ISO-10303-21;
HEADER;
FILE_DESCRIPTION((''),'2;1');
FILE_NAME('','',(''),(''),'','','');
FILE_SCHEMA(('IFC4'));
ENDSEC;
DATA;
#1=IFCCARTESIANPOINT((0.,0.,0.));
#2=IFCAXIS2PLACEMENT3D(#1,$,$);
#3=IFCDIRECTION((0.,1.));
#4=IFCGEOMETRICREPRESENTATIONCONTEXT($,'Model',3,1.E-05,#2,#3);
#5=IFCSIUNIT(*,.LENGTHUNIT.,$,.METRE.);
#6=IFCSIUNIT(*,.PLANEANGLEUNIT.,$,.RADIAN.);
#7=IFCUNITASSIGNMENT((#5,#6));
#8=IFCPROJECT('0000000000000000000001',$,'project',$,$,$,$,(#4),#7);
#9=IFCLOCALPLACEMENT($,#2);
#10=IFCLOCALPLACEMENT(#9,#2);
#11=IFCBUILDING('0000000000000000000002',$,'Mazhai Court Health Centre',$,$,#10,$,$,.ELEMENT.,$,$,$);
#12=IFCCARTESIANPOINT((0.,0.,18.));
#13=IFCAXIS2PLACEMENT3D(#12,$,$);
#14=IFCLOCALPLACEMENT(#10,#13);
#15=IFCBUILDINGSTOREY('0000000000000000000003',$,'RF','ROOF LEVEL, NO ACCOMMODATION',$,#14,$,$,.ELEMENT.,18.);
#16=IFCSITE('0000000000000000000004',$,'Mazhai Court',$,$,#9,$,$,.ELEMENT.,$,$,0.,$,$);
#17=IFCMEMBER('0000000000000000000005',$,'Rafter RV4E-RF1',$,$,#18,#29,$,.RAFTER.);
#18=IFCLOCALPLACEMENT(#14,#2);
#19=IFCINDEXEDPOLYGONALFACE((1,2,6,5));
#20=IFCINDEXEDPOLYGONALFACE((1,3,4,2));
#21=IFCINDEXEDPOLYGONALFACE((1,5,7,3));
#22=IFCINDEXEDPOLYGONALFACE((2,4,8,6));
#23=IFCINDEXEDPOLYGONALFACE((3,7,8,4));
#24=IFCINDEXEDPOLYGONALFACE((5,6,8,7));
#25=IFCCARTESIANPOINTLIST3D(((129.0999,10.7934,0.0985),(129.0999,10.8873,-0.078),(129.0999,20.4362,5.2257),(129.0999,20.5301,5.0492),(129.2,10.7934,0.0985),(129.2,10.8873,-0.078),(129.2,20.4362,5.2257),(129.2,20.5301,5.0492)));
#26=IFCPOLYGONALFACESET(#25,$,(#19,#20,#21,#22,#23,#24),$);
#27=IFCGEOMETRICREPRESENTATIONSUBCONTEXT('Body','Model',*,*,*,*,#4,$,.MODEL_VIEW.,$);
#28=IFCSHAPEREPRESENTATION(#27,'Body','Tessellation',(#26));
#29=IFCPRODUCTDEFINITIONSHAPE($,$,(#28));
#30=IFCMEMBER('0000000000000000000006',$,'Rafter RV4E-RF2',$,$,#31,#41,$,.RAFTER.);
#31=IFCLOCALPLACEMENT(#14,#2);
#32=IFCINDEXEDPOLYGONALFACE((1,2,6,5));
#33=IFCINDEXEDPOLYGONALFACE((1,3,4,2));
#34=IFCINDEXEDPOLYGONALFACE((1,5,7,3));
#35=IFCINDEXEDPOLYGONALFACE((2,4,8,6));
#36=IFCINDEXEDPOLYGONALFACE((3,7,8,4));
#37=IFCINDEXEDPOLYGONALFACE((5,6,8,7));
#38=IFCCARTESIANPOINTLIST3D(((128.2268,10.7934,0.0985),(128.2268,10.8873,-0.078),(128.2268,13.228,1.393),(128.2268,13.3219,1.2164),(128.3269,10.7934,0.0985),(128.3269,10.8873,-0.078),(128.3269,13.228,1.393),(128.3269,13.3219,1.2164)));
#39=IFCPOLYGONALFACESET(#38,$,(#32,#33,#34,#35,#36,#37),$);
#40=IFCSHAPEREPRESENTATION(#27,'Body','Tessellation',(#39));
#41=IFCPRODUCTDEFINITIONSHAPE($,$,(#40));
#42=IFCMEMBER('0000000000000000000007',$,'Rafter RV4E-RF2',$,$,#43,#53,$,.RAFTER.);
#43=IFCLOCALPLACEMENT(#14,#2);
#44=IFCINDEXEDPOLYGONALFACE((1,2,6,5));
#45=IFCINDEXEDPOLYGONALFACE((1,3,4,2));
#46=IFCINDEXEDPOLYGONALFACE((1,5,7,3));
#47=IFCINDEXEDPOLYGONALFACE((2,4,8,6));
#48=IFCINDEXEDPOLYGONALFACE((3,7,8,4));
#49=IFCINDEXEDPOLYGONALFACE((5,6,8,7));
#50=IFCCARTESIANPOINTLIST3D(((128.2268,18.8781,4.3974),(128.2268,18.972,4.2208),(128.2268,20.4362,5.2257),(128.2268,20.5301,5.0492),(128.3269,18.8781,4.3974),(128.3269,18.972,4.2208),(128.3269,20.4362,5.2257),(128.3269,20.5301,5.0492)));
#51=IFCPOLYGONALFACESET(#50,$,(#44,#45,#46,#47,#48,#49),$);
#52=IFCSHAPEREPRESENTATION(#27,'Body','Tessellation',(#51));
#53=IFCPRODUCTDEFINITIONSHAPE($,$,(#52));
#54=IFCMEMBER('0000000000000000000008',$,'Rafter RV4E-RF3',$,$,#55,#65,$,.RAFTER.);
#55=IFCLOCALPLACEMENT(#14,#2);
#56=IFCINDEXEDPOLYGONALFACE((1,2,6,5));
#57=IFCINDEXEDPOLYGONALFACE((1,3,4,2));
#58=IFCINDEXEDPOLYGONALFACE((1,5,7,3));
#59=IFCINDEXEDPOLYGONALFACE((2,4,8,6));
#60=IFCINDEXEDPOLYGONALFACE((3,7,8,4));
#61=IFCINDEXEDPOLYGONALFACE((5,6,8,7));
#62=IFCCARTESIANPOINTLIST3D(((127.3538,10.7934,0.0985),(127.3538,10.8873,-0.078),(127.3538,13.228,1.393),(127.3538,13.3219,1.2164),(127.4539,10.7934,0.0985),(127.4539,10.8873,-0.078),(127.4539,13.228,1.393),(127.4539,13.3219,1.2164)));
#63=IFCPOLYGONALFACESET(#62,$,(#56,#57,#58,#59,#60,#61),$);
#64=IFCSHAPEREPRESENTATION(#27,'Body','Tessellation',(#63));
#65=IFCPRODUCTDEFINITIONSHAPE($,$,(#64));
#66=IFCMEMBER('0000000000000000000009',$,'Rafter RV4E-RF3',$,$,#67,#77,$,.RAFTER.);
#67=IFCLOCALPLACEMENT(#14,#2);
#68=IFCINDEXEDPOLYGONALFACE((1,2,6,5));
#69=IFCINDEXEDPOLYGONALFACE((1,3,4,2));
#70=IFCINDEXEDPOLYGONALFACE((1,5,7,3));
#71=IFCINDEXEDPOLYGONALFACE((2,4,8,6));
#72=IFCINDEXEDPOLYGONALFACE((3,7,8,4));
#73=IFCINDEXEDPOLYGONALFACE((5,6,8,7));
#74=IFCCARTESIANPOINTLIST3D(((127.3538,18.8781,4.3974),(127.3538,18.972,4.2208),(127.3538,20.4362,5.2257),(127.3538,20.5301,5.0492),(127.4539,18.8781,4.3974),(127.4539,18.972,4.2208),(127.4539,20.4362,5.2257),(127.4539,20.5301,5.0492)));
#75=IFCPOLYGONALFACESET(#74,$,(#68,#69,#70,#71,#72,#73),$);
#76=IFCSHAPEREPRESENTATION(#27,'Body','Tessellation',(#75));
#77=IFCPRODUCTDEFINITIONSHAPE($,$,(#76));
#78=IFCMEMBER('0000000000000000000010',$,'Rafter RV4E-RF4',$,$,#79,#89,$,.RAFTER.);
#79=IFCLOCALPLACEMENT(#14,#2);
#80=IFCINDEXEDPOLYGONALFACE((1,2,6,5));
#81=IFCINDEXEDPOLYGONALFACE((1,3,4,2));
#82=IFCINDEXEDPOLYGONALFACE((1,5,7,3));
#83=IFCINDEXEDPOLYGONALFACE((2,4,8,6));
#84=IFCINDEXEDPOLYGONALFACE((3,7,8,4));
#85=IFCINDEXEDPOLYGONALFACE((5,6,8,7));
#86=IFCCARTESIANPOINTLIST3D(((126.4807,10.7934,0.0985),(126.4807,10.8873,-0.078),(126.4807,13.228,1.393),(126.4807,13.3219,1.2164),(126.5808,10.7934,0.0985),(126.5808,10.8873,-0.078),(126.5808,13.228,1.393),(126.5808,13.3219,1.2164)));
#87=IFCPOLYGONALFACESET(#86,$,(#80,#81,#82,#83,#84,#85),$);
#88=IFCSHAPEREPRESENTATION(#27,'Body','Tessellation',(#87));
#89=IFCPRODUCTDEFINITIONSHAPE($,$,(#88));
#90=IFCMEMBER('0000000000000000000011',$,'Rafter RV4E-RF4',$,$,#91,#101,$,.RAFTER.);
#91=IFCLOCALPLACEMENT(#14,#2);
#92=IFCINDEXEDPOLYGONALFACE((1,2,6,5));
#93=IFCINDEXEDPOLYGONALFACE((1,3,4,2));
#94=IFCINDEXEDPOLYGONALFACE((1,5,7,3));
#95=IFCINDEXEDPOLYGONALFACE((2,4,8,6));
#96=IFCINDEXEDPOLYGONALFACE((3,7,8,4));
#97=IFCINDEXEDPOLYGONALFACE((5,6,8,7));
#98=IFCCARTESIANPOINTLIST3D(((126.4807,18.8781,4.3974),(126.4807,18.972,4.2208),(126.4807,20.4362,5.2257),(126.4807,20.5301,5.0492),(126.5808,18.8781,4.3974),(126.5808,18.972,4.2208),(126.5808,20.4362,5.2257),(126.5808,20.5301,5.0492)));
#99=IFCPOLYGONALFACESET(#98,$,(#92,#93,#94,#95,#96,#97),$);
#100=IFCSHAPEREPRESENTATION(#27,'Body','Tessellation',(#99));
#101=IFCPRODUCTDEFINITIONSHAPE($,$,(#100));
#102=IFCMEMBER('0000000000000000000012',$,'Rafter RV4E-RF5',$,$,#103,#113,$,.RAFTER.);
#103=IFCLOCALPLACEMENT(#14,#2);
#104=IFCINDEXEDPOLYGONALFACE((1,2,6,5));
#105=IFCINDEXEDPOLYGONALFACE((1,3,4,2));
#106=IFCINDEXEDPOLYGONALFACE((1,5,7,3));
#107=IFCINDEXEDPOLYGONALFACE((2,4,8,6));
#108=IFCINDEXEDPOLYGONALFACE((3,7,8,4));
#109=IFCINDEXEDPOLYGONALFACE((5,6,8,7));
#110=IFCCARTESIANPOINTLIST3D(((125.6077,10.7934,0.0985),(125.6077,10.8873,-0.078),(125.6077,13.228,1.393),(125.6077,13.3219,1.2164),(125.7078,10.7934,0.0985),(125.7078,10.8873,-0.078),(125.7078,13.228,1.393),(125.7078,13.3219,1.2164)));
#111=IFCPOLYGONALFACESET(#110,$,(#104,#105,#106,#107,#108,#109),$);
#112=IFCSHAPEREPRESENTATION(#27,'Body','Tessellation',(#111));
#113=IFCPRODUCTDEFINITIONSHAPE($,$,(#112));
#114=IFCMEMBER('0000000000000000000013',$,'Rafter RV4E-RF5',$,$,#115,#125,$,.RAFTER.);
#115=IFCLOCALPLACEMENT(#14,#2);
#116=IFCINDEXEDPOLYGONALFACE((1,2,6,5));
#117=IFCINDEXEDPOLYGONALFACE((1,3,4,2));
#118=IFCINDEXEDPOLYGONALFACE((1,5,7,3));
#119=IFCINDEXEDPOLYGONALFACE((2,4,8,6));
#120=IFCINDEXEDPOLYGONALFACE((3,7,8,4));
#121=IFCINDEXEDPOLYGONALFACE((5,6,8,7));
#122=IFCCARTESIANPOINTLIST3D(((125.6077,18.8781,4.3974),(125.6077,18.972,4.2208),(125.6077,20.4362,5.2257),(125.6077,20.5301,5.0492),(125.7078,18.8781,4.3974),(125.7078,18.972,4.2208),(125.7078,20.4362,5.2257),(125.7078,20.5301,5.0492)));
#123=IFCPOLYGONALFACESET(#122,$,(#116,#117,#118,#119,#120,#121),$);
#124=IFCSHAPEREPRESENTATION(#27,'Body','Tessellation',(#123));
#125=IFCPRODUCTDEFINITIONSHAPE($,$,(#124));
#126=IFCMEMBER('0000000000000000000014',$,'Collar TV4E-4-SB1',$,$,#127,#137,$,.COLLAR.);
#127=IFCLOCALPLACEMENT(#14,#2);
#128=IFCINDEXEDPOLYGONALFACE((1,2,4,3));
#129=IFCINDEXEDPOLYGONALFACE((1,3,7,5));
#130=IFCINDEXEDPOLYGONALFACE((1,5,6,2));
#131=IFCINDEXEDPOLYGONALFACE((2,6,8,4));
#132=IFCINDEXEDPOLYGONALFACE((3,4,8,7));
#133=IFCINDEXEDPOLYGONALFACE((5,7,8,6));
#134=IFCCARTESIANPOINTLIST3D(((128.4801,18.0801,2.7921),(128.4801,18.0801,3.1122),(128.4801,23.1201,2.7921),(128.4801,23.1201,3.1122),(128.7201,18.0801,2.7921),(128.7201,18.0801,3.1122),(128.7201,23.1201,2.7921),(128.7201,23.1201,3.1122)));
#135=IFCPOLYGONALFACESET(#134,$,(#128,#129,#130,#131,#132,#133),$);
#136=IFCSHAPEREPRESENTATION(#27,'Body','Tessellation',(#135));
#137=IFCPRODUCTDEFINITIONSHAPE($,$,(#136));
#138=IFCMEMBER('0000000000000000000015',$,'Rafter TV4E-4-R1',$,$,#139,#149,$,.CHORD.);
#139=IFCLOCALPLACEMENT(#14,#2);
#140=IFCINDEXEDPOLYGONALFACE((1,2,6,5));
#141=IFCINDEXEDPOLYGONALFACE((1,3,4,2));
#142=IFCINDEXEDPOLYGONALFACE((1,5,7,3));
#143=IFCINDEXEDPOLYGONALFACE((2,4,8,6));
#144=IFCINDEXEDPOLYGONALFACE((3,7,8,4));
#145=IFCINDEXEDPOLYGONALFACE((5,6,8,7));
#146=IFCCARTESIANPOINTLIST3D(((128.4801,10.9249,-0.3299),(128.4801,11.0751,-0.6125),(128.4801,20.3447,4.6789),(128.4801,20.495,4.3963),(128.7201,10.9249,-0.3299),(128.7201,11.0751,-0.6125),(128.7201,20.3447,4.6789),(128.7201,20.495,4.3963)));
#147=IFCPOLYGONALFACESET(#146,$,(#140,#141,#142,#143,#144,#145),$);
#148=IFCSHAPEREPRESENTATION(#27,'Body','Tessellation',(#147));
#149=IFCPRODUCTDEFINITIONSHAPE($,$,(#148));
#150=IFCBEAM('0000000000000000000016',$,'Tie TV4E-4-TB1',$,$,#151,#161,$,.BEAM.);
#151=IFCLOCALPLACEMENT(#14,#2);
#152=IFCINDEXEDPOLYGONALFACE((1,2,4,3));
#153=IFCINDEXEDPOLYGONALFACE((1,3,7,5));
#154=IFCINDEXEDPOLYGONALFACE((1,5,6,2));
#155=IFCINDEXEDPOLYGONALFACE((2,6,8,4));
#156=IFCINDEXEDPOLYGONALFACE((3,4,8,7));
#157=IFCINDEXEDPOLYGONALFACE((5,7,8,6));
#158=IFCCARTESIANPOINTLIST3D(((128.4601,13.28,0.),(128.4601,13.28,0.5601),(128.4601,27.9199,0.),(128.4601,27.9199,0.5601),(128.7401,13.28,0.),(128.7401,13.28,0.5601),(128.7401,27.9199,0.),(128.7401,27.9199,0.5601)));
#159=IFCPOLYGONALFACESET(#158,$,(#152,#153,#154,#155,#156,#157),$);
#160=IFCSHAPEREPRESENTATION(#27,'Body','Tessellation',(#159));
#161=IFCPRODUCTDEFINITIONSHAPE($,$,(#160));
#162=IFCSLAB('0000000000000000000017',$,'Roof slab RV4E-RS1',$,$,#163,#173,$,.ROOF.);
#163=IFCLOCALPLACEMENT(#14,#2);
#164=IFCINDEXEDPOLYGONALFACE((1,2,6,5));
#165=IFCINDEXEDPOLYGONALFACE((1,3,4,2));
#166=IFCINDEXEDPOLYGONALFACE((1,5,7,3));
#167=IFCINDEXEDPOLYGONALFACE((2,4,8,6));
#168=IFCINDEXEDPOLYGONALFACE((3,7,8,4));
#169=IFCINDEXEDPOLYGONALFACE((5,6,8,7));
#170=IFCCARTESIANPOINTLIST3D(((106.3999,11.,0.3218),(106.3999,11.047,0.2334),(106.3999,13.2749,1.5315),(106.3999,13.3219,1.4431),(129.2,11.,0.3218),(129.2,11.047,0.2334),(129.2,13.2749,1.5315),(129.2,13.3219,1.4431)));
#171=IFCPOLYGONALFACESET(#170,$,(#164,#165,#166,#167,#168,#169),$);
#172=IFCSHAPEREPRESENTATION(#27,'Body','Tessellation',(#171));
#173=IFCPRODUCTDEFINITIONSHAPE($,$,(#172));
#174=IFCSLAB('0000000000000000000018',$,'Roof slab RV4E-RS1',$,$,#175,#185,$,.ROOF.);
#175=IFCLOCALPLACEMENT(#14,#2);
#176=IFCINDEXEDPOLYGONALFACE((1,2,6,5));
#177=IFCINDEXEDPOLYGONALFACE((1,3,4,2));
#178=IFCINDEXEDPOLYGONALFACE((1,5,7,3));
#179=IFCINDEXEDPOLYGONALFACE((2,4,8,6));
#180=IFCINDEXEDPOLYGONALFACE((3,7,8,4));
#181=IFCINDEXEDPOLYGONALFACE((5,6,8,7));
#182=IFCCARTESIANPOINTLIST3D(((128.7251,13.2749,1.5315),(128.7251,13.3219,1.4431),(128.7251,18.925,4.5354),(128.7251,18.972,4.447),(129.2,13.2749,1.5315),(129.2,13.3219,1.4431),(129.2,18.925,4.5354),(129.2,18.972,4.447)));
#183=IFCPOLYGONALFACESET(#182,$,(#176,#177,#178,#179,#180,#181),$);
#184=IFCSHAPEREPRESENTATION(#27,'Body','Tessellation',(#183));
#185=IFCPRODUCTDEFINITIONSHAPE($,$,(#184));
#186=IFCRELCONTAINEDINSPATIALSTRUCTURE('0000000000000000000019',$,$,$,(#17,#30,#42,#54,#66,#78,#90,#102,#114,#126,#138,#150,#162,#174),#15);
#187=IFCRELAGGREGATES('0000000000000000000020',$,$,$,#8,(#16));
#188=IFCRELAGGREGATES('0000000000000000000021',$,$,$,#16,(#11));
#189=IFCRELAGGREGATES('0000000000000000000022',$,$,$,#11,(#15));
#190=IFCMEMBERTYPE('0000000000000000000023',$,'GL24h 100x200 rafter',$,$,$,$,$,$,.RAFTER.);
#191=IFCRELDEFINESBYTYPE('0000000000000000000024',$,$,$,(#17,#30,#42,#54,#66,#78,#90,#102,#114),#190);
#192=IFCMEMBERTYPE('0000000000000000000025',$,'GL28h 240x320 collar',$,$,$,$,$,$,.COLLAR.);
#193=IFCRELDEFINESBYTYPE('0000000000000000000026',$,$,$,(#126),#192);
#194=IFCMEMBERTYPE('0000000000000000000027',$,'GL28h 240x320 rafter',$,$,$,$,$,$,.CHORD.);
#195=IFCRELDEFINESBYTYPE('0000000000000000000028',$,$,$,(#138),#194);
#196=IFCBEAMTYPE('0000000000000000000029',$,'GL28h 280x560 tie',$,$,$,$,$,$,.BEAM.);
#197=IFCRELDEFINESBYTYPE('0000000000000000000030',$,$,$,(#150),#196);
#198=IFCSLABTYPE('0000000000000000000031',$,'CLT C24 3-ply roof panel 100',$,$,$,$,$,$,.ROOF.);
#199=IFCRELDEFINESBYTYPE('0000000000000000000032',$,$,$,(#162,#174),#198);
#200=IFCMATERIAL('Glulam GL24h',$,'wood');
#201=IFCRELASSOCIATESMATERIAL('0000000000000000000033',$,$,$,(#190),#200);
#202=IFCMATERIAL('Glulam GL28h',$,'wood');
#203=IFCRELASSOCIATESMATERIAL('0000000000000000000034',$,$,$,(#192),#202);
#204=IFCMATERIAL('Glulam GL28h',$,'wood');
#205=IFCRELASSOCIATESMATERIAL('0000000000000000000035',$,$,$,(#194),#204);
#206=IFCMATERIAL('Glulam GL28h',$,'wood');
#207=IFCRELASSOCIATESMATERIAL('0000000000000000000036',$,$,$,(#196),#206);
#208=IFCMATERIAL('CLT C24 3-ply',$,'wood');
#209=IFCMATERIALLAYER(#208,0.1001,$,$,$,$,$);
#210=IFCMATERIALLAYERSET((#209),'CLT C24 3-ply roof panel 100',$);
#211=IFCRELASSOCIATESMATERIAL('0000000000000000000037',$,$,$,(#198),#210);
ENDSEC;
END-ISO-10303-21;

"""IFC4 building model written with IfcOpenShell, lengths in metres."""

from ifc_helpers import new_model, si_unit, direction, frame, origin, origin_2d, place, context, subcontext, project, spatial, polyline, rectangle, outline, extrude, material, layer, layer_set, material_profile, profile_set, type_object, element, save


model = new_model("IFC4")

# Units and contexts
model_context = context("Model", 3, precision=1e-05, world=origin(), true_north=direction((0.0, 1.0)))
body_context = subcontext(model_context, "Body", "Model", "MODEL_VIEW")
ifc_project = project(units=[si_unit("LENGTHUNIT", "METRE"), si_unit("PLANEANGLEUNIT", "RADIAN")], contexts=[model_context])

# Site, building, storey
site_placement = place(None, origin())
site = spatial("IfcSite", under=ifc_project, at=site_placement, Name="Mazhai Court", CompositionType="ELEMENT", RefElevation=0.0)
building_placement = place(site_placement, origin())
building = spatial("IfcBuilding", under=site, at=building_placement, Name="Mazhai Court Health Centre", CompositionType="ELEMENT")
storey_placement = place(building_placement, frame((0.0, 0.0, 18.0)))
storey = spatial("IfcBuildingStorey", under=building, at=storey_placement, Name="RF", Description="ROOF LEVEL, NO ACCOMMODATION", CompositionType="ELEMENT", Elevation=18.0)

# Members
ifc_material_1 = material(Name="Glulam GL24h", Category="wood")
ifc_material_profile_1 = material_profile(ifc_material_1, rectangle(XDim=0.1001, YDim=0.2, at=origin_2d()), Name="GL24h 100x200")
ifc_profile_set_1 = profile_set([ifc_material_profile_1], Name="Glulam GL24h")
member_type_1 = type_object("IfcMemberType", Name="GL24h 100x200 rafter", PredefinedType="RAFTER", material=ifc_profile_set_1)
member_1_placement = place(storey_placement, frame((129.1499, 10.8403, 0.0103), z_axis=(0.0, 0.882947, 0.469473), x_axis=(-1.0, 0.0, 0.0)))
element("IfcMember", 1, at=member_1_placement, inside=storey, type_object=member_type_1, Name="Rafter RV4E-RF1", PredefinedType="RAFTER", context=body_context, shape_type="SweptSolid", body=[
    extrude(rectangle(XDim=0.1001, YDim=0.2, at=origin_2d()), origin(), (0.0, 0.0, 1.0), 10.9211),
])
member_2_placement = place(storey_placement, frame((128.2769, 10.8403, 0.0103), z_axis=(0.0, 0.882955, 0.469457), x_axis=(-1.0, 0.0, 0.0)))
element("IfcMember", 2, at=member_2_placement, inside=storey, type_object=member_type_1, Name="Rafter RV4E-RF2", PredefinedType="RAFTER", context=body_context, shape_type="SweptSolid", body=[
    extrude(rectangle(XDim=0.1001, YDim=0.2, at=origin_2d()), origin(), (0.0, 0.0, 1.0), 2.7573),
])
member_3_placement = place(storey_placement, frame((128.2769, 18.925, 4.3091), z_axis=(0.0, 0.882969, 0.469432), x_axis=(-1.0, 0.0, 0.0)))
element("IfcMember", 3, at=member_3_placement, inside=storey, type_object=member_type_1, Name="Rafter RV4E-RF2", PredefinedType="RAFTER", context=body_context, shape_type="SweptSolid", body=[
    extrude(rectangle(XDim=0.1001, YDim=0.2, at=origin_2d()), origin(), (0.0, 0.0, 1.0), 1.7646),
])
member_4_placement = place(storey_placement, frame((127.4038, 10.8403, 0.0103), z_axis=(0.0, 0.882955, 0.469457), x_axis=(-1.0, 0.0, 0.0)))
element("IfcMember", 4, at=member_4_placement, inside=storey, type_object=member_type_1, Name="Rafter RV4E-RF3", PredefinedType="RAFTER", context=body_context, shape_type="SweptSolid", body=[
    extrude(rectangle(XDim=0.1001, YDim=0.2, at=origin_2d()), origin(), (0.0, 0.0, 1.0), 2.7573),
])
member_5_placement = place(storey_placement, frame((127.4038, 18.925, 4.3091), z_axis=(0.0, 0.882969, 0.469432), x_axis=(-1.0, 0.0, 0.0)))
element("IfcMember", 5, at=member_5_placement, inside=storey, type_object=member_type_1, Name="Rafter RV4E-RF3", PredefinedType="RAFTER", context=body_context, shape_type="SweptSolid", body=[
    extrude(rectangle(XDim=0.1001, YDim=0.2, at=origin_2d()), origin(), (0.0, 0.0, 1.0), 1.7646),
])
member_6_placement = place(storey_placement, frame((126.5308, 10.8403, 0.0103), z_axis=(0.0, 0.882955, 0.469457), x_axis=(-1.0, 0.0, 0.0)))
element("IfcMember", 6, at=member_6_placement, inside=storey, type_object=member_type_1, Name="Rafter RV4E-RF4", PredefinedType="RAFTER", context=body_context, shape_type="SweptSolid", body=[
    extrude(rectangle(XDim=0.1001, YDim=0.2, at=origin_2d()), origin(), (0.0, 0.0, 1.0), 2.7573),
])
member_7_placement = place(storey_placement, frame((126.5308, 18.925, 4.3091), z_axis=(0.0, 0.882969, 0.469432), x_axis=(-1.0, 0.0, 0.0)))
element("IfcMember", 7, at=member_7_placement, inside=storey, type_object=member_type_1, Name="Rafter RV4E-RF4", PredefinedType="RAFTER", context=body_context, shape_type="SweptSolid", body=[
    extrude(rectangle(XDim=0.1001, YDim=0.2, at=origin_2d()), origin(), (0.0, 0.0, 1.0), 1.7646),
])
member_8_placement = place(storey_placement, frame((125.6577, 10.8403, 0.0103), z_axis=(0.0, 0.882955, 0.469457), x_axis=(-1.0, 0.0, 0.0)))
element("IfcMember", 8, at=member_8_placement, inside=storey, type_object=member_type_1, Name="Rafter RV4E-RF5", PredefinedType="RAFTER", context=body_context, shape_type="SweptSolid", body=[
    extrude(rectangle(XDim=0.1001, YDim=0.2, at=origin_2d()), origin(), (0.0, 0.0, 1.0), 2.7573),
])
member_9_placement = place(storey_placement, frame((125.6577, 18.925, 4.3091), z_axis=(0.0, 0.882969, 0.469432), x_axis=(-1.0, 0.0, 0.0)))
element("IfcMember", 9, at=member_9_placement, inside=storey, type_object=member_type_1, Name="Rafter RV4E-RF5", PredefinedType="RAFTER", context=body_context, shape_type="SweptSolid", body=[
    extrude(rectangle(XDim=0.1001, YDim=0.2, at=origin_2d()), origin(), (0.0, 0.0, 1.0), 1.7646),
])
ifc_material_2 = material(Name="Glulam GL28h", Category="wood")
ifc_material_profile_2 = material_profile(ifc_material_2, rectangle(XDim=0.24, YDim=0.3201, at=origin_2d()), Name="GL28h 240x320")
ifc_profile_set_2 = profile_set([ifc_material_profile_2], Name="Glulam GL28h")
member_type_2 = type_object("IfcMemberType", Name="GL28h 240x320 collar", PredefinedType="COLLAR", material=ifc_profile_set_2)
member_10_placement = place(storey_placement, frame((128.6001, 18.0801, 2.9521), z_axis=(0.0, 1.0, 0.0), x_axis=(-1.0, 0.0, 0.0)))
element("IfcMember", 10, at=member_10_placement, inside=storey, type_object=member_type_2, Name="Collar TV4E-4-SB1", PredefinedType="COLLAR", context=body_context, shape_type="SweptSolid", body=[
    extrude(rectangle(XDim=0.24, YDim=0.3201, at=origin_2d()), origin(), (0.0, 0.0, 1.0), 5.04),
])
ifc_material_3 = material(Name="Glulam GL28h", Category="wood")
ifc_material_profile_3 = material_profile(ifc_material_3, rectangle(XDim=0.24, YDim=0.3201, at=origin_2d()), Name="GL28h 240x320")
ifc_profile_set_3 = profile_set([ifc_material_profile_3], Name="Glulam GL28h")
member_type_3 = type_object("IfcMemberType", Name="GL28h 240x320 rafter", PredefinedType="CHORD", material=ifc_profile_set_3)
member_11_placement = place(storey_placement, frame((128.6001, 11.0, -0.4712), z_axis=(0.0, 0.882943, 0.469481), x_axis=(-1.0, 0.0, 0.0)))
element("IfcMember", 11, at=member_11_placement, inside=storey, type_object=member_type_3, Name="Rafter TV4E-4-R1", PredefinedType="CHORD", context=body_context, shape_type="SweptSolid", body=[
    extrude(rectangle(XDim=0.24, YDim=0.3201, at=origin_2d()), origin(), (0.0, 0.0, 1.0), 10.6687),
])

# Beam
ifc_material_4 = material(Name="Glulam GL28h", Category="wood")
ifc_material_profile_4 = material_profile(ifc_material_4, rectangle(XDim=0.28, YDim=0.5601, at=origin_2d()), Name="GL28h 280x560")
ifc_profile_set_4 = profile_set([ifc_material_profile_4], Name="Glulam GL28h")
beam_type = type_object("IfcBeamType", Name="GL28h 280x560 tie", PredefinedType="BEAM", material=ifc_profile_set_4)
beam_placement = place(storey_placement, frame((128.6001, 13.28, 0.28), z_axis=(0.0, 1.0, 0.0), x_axis=(-1.0, 0.0, 0.0)))
element("IfcBeam", 12, at=beam_placement, inside=storey, type_object=beam_type, Name="Tie TV4E-4-TB1", PredefinedType="BEAM", context=body_context, shape_type="SweptSolid", body=[
    extrude(rectangle(XDim=0.28, YDim=0.5601, at=origin_2d()), origin(), (0.0, 0.0, 1.0), 14.6399),
])

# Slabs
ifc_material_5 = material(Name="CLT C24 3-ply", Category="wood")
ifc_layer_1 = layer(ifc_material_5, 0.1001)
ifc_layer_set_1 = layer_set([ifc_layer_1], Name="CLT C24 3-ply roof panel 100")
slab_type = type_object("IfcSlabType", Name="CLT C24 3-ply roof panel 100", PredefinedType="ROOF", material=ifc_layer_set_1)
slab_1_placement = place(storey_placement, frame((129.2, 11.0, 0.3218), z_axis=(0.0, -0.469511, 0.882927), x_axis=(-1.0, 0.0, 0.0)))
element("IfcSlab", 13, at=slab_1_placement, inside=storey, type_object=slab_type, Name="Roof slab RV4E-RS1", PredefinedType="ROOF", context=body_context, shape_type="SweptSolid", body=[
    extrude(outline(polyline([(0.0, 0.0), (22.8, 0.0), (22.8, -2.5765), (0.0, -2.5765), (0.0, 0.0)])), origin(), (0.0, 0.0, -1.0), 0.1001),
])
slab_2_placement = place(storey_placement, frame((129.2, 13.2749, 1.5315), z_axis=(0.0, -0.469431, 0.882969), x_axis=(-1.0, 0.0, 0.0)))
element("IfcSlab", 14, at=slab_2_placement, inside=storey, type_object=slab_type, Name="Roof slab RV4E-RS1", PredefinedType="ROOF", context=body_context, shape_type="SweptSolid", body=[
    extrude(outline(polyline([(0.0, 0.0), (0.4749, 0.0), (0.4749, -6.399), (0.0, -6.399), (0.0, 0.0)])), origin(), (0.0, 0.0, -1.0), 0.1001),
])

save(model, "model.ifc")
